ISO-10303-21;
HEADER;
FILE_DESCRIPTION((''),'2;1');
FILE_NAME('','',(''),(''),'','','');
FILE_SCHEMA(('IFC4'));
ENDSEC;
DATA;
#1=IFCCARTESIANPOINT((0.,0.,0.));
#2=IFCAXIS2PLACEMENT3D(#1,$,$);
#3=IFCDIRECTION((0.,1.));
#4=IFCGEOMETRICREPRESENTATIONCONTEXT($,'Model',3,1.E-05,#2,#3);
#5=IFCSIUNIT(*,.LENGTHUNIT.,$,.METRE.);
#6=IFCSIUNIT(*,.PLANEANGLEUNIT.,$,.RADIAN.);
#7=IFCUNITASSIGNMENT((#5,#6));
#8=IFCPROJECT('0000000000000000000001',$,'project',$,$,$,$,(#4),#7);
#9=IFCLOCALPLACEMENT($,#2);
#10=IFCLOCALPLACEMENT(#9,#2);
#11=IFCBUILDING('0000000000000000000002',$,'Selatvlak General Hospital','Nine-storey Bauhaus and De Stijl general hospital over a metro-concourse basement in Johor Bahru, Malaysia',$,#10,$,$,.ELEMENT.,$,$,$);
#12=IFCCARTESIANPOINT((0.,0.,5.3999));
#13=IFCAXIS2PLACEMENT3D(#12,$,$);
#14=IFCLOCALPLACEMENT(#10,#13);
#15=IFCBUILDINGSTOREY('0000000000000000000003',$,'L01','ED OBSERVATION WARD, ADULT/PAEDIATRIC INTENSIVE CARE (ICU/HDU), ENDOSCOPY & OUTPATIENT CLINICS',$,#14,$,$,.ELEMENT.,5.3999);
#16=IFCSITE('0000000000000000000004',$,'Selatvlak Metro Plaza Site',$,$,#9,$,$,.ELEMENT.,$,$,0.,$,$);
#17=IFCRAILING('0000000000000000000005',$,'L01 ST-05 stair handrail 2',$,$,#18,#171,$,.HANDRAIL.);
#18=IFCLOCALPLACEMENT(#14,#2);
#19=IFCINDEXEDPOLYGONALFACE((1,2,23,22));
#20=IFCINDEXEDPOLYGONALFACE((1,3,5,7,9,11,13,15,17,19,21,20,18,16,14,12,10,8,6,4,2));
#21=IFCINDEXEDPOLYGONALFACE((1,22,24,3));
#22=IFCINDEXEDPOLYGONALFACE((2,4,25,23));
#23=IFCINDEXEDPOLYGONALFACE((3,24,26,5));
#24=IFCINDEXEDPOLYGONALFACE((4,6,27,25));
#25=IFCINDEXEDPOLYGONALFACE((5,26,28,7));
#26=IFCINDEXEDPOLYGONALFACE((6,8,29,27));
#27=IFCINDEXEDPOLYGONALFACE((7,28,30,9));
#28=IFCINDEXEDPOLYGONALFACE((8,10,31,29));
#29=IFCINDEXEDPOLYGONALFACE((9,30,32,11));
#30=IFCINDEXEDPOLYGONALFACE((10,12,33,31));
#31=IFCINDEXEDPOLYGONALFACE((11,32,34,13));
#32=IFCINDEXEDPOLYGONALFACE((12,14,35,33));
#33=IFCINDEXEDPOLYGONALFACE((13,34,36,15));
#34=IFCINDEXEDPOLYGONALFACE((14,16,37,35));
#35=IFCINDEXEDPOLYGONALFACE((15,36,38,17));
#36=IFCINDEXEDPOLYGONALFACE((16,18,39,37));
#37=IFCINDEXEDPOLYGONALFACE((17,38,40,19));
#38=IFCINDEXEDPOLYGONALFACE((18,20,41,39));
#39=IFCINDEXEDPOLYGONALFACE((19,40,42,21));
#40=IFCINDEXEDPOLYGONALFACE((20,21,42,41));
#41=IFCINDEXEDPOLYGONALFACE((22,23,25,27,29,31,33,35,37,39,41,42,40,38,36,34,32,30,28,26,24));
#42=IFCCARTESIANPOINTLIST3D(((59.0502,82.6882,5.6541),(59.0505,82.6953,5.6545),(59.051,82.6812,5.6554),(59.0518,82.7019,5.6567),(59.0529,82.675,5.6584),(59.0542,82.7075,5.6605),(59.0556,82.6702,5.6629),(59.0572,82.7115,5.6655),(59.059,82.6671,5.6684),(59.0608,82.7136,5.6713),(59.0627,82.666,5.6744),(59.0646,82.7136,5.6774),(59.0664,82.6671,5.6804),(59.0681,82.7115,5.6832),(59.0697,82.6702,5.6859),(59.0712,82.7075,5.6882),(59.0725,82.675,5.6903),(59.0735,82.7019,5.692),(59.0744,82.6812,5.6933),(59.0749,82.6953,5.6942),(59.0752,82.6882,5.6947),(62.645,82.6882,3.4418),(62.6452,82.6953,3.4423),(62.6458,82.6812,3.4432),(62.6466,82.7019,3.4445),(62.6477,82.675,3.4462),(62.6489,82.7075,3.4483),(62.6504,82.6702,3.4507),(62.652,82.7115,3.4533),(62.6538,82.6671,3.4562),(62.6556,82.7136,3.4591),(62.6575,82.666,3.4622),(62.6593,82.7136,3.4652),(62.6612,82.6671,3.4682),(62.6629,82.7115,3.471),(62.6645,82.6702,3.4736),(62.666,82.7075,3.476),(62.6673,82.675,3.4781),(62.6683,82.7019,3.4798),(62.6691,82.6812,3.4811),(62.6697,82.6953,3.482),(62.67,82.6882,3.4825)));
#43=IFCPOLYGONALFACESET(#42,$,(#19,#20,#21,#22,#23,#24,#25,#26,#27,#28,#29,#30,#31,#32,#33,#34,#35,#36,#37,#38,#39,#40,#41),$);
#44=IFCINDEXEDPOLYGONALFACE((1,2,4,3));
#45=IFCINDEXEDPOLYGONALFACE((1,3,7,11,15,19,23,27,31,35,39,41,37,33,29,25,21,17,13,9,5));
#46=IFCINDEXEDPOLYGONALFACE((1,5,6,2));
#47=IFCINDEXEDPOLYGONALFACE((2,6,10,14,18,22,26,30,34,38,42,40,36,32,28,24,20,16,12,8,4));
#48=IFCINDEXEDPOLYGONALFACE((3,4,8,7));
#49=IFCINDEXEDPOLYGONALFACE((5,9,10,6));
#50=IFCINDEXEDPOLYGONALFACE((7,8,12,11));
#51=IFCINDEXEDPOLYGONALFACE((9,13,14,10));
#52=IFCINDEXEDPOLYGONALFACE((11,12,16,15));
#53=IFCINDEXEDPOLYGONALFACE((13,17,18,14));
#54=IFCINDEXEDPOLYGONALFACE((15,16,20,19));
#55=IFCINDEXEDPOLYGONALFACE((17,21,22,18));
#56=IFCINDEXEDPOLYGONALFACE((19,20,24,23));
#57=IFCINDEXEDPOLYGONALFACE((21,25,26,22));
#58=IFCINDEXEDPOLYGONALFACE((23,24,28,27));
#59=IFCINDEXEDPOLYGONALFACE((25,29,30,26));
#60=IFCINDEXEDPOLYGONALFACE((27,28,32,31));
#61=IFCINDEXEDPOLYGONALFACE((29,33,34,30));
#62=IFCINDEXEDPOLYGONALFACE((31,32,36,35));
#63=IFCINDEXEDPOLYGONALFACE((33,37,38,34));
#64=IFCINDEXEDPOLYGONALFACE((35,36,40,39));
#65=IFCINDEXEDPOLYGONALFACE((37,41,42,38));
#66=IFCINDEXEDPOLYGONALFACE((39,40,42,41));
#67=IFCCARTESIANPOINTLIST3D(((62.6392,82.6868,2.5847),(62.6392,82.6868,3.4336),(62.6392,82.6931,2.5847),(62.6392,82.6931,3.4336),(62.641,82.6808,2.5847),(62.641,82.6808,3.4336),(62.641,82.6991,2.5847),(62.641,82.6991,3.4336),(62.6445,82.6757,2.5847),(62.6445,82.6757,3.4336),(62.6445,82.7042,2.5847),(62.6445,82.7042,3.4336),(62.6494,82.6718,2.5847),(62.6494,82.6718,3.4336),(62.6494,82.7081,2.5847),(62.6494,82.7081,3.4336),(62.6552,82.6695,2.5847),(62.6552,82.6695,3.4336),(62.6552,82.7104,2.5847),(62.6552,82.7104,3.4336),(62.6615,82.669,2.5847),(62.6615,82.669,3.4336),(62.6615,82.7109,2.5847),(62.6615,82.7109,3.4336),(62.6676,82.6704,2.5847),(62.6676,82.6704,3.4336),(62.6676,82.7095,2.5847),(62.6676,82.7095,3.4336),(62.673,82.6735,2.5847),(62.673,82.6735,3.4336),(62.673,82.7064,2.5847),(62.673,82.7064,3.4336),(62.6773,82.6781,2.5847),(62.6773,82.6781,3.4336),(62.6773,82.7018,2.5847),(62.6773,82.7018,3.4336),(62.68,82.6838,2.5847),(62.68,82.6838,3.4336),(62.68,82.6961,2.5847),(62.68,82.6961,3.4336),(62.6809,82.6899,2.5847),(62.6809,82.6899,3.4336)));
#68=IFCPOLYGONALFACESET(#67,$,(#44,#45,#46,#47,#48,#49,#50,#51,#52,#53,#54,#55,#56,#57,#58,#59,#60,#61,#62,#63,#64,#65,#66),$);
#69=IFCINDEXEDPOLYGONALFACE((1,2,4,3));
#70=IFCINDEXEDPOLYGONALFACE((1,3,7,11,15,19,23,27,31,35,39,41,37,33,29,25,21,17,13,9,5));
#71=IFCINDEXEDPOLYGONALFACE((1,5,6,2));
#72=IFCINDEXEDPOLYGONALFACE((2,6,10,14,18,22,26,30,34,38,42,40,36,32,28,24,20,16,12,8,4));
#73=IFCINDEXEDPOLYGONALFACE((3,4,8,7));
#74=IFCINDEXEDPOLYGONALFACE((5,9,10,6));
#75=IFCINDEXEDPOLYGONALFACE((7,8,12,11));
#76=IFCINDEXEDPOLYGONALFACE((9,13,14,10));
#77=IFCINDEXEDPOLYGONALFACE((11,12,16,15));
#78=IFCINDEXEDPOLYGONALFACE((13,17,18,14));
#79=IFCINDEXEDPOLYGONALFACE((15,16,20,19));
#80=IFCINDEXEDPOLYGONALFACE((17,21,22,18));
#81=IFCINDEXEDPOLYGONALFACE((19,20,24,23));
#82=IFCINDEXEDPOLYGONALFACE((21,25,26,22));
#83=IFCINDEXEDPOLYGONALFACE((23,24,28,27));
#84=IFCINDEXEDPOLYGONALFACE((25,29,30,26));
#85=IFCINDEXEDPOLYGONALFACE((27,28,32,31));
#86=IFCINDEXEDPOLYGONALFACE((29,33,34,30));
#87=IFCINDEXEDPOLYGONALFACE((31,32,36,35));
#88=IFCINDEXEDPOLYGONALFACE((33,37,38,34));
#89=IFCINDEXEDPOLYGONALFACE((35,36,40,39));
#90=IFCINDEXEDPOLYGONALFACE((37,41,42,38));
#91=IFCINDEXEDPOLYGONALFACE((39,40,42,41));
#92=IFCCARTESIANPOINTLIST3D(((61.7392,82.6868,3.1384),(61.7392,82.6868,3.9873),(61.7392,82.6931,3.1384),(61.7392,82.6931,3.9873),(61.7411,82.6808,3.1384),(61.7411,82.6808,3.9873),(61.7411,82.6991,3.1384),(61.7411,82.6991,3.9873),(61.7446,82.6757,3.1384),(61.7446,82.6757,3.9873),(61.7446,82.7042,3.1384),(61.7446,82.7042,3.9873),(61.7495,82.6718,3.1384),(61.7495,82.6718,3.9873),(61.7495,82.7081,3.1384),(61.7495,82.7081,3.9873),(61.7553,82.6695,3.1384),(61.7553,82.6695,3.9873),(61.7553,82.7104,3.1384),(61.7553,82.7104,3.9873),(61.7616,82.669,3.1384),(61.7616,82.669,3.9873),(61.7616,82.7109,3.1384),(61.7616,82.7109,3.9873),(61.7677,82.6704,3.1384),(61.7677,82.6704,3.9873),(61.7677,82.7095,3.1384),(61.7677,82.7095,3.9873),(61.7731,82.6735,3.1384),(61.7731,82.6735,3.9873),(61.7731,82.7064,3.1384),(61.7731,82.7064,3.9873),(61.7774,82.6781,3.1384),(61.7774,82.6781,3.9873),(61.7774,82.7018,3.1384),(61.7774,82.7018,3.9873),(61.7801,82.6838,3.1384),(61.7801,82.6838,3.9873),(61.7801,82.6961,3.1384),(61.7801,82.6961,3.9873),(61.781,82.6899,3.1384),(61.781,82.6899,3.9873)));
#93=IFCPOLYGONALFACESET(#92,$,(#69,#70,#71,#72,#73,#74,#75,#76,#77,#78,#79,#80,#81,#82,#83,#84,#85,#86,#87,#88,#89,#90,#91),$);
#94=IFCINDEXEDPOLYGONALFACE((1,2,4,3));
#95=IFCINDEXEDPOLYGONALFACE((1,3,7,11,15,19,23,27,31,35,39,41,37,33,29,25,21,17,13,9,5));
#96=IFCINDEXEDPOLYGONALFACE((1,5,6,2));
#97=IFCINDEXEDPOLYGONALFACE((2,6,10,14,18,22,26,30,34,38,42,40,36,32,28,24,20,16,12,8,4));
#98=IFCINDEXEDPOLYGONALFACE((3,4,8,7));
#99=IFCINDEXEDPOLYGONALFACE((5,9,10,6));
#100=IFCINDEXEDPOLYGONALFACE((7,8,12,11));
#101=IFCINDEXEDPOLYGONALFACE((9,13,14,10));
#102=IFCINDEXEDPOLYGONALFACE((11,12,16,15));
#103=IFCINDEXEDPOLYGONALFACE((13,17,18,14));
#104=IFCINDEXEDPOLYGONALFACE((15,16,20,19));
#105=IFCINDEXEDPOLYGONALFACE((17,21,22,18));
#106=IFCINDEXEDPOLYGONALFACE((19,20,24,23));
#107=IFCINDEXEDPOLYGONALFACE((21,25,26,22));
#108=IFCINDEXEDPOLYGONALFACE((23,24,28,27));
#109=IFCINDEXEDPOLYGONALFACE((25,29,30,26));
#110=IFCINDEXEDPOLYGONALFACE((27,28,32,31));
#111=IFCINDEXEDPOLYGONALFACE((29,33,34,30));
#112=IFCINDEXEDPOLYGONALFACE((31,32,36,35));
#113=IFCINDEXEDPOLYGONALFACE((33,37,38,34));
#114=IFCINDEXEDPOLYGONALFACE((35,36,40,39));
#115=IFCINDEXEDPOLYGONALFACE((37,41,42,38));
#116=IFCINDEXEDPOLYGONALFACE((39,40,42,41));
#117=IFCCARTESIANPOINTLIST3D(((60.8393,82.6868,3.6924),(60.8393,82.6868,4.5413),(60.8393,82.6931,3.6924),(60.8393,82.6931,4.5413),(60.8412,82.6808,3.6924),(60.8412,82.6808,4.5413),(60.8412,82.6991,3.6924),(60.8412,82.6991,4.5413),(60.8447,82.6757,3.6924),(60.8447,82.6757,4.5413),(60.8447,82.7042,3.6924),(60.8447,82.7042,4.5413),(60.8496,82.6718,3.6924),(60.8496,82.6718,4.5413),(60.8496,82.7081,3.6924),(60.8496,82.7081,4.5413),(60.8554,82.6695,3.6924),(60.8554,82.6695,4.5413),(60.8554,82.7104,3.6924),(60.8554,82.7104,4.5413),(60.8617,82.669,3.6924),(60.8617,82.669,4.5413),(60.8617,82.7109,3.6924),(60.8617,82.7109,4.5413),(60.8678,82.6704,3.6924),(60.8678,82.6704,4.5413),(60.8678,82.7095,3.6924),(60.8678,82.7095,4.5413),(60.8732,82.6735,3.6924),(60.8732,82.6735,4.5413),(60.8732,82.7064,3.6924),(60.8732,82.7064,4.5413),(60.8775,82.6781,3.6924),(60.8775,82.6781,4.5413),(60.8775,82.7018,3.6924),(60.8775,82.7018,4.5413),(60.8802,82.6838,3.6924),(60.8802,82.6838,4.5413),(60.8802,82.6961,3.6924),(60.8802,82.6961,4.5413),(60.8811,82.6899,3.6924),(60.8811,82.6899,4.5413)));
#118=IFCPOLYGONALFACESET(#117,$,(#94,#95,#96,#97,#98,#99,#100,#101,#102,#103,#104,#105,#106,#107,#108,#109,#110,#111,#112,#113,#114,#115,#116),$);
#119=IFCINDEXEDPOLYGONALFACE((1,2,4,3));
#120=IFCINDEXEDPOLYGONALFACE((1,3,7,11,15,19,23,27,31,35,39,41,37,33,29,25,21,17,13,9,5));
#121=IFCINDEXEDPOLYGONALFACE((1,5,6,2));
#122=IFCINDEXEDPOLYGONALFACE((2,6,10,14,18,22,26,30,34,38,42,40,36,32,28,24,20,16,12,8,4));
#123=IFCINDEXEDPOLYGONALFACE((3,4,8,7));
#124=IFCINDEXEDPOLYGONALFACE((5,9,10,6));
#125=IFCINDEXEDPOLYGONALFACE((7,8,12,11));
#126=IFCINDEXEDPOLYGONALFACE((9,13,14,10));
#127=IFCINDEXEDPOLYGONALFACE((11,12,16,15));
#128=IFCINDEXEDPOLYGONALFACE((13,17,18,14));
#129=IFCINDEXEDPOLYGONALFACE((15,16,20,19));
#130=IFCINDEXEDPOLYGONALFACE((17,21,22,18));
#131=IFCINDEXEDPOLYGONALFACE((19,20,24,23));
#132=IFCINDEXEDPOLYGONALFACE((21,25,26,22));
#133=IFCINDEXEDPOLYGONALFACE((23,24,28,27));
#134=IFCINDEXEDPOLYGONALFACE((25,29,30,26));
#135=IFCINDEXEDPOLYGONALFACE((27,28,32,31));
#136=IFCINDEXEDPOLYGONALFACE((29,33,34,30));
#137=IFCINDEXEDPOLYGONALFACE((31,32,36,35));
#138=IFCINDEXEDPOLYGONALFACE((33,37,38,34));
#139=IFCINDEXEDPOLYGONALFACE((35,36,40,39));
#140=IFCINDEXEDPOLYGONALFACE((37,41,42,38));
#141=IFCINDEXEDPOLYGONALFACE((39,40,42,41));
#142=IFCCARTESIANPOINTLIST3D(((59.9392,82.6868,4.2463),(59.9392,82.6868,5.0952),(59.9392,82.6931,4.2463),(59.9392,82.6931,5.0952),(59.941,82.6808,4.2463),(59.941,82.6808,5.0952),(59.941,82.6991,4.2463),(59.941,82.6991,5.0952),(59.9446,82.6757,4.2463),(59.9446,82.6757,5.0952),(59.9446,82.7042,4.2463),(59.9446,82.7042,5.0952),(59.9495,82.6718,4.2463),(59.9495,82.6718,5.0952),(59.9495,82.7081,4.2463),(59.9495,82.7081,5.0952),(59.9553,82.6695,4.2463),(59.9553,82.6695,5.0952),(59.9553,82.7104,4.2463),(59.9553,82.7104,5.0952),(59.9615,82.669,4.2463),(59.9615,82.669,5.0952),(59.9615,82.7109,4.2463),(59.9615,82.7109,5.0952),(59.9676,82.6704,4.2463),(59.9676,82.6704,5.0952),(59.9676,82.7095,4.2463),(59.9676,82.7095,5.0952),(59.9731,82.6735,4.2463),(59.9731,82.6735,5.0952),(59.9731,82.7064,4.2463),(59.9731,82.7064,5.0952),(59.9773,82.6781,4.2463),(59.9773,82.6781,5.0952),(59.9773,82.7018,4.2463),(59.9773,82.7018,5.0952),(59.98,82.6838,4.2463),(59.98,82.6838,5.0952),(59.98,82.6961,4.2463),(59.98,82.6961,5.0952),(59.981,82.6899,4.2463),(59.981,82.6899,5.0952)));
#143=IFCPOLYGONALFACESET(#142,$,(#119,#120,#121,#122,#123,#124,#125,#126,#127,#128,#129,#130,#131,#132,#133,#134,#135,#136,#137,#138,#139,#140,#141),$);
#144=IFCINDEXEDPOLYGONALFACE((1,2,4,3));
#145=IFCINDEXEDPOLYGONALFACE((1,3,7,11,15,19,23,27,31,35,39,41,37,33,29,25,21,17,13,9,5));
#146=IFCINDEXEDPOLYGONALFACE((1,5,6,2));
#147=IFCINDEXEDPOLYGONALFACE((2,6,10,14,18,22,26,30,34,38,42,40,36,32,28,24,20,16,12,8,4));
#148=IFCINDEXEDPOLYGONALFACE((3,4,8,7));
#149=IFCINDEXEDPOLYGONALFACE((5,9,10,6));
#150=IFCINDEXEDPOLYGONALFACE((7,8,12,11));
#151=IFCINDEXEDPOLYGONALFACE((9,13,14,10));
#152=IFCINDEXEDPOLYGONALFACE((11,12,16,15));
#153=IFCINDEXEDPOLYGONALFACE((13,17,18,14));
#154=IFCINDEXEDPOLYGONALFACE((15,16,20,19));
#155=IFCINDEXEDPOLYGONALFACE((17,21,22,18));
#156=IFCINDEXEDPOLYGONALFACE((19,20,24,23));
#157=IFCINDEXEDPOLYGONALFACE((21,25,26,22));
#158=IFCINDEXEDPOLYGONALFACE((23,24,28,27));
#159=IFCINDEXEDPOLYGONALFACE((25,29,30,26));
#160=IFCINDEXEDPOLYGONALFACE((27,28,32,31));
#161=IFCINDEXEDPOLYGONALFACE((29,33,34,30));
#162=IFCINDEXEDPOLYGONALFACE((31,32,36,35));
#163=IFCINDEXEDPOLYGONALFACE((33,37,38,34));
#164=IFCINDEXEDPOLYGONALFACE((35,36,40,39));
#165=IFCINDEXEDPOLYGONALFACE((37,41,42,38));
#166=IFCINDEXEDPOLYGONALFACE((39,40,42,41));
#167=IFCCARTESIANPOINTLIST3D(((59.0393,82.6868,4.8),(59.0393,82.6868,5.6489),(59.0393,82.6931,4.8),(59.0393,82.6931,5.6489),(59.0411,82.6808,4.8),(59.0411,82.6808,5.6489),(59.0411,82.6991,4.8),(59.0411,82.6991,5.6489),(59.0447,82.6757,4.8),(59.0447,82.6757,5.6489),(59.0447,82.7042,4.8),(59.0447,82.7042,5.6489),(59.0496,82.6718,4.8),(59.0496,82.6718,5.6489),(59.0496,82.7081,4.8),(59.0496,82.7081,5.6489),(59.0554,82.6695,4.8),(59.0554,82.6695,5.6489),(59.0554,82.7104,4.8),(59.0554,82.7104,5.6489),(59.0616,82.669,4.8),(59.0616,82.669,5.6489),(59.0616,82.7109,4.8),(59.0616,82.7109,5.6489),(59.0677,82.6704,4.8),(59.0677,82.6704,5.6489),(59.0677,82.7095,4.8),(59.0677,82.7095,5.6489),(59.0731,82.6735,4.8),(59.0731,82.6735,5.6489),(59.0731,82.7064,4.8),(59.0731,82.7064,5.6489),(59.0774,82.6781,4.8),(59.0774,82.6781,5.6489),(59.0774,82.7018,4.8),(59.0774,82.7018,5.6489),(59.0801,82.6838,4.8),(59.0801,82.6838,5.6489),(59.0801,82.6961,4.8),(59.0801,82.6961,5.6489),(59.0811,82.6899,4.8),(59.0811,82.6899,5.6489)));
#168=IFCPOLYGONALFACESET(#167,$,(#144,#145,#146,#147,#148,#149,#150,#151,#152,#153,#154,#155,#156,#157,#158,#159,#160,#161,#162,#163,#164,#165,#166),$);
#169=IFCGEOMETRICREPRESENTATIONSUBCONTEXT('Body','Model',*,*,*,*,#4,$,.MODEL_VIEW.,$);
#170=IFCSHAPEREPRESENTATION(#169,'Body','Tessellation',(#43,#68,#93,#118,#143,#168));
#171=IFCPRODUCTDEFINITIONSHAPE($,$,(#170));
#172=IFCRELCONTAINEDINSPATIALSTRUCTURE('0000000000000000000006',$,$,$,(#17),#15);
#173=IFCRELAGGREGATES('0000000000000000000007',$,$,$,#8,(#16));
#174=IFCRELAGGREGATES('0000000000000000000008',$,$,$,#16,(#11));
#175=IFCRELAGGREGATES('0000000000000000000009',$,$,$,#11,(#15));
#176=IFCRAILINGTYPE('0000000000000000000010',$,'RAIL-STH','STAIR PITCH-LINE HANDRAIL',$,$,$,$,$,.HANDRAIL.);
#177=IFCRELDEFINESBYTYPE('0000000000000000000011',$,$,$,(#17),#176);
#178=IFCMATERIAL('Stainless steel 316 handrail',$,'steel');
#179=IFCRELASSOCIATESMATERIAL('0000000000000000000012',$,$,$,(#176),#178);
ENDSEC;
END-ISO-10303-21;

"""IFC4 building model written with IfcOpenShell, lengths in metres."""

from ifc_helpers import new_model, si_unit, direction, frame, origin, origin_2d, place, context, subcontext, project, spatial, circle, extrude, material, type_object, element, save


model = new_model("IFC4")

# Units and contexts
model_context = context("Model", 3, precision=1e-05, world=origin(), true_north=direction((0.0, 1.0)))
body_context = subcontext(model_context, "Body", "Model", "MODEL_VIEW")
ifc_project = project(units=[si_unit("LENGTHUNIT", "METRE"), si_unit("PLANEANGLEUNIT", "RADIAN")], contexts=[model_context])

# Site, building, storey
site_placement = place(None, origin())
site = spatial("IfcSite", under=ifc_project, at=site_placement, Name="Selatvlak Metro Plaza Site", CompositionType="ELEMENT", RefElevation=0.0)
building_placement = place(site_placement, origin())
building = spatial("IfcBuilding", under=site, at=building_placement, Name="Selatvlak General Hospital", Description="Nine-storey Bauhaus and De Stijl general hospital over a metro-concourse basement in Johor Bahru, Malaysia", CompositionType="ELEMENT")
storey_placement = place(building_placement, frame((0.0, 0.0, 5.3999)))
storey = spatial("IfcBuildingStorey", under=building, at=storey_placement, Name="L01", Description="ED OBSERVATION WARD, ADULT/PAEDIATRIC INTENSIVE CARE (ICU/HDU), ENDOSCOPY & OUTPATIENT CLINICS", CompositionType="ELEMENT", Elevation=5.3999)

# Railing
ifc_material_1 = material(Name="Stainless steel 316 handrail", Category="steel")
railing_type_1 = type_object("IfcRailingType", Name="RAIL-STH", Description="STAIR PITCH-LINE HANDRAIL", PredefinedType="HANDRAIL", material=ifc_material_1)
railing_1_placement = place(storey_placement, frame((62.6599, 82.6899, 2.5847)))
element("IfcRailing", 1, at=railing_1_placement, inside=storey, type_object=railing_type_1, Name="L01 ST-05 stair handrail 2", PredefinedType="HANDRAIL", context=body_context, shape_type="SweptSolid", body=[
    extrude(circle(Radius=0.0239, at=origin_2d()), frame((-0.0024, 0.0, 0.8774), z_axis=(-0.851654, 0.0, 0.524104), x_axis=(0.0, -1.0, 0.0)), (0.0, 0.0, 1.0), 4.2209),
    extrude(circle(Radius=0.021, at=origin_2d()), origin(), (0.0, 0.0, 1.0), 0.8489),
    extrude(circle(Radius=0.021, at=origin_2d()), frame((-0.8999, 0.0, 0.5537)), (0.0, 0.0, 1.0), 0.8489),
    extrude(circle(Radius=0.021, at=origin_2d()), frame((-1.7998, 0.0, 1.1077)), (0.0, 0.0, 1.0), 0.8489),
    extrude(circle(Radius=0.021, at=origin_2d()), frame((-2.7, 0.0, 1.6616)), (0.0, 0.0, 1.0), 0.8489),
    extrude(circle(Radius=0.021, at=origin_2d()), frame((-3.5999, 0.0, 2.2153)), (0.0, 0.0, 1.0), 0.8489),
])

save(model, "model.ifc")
